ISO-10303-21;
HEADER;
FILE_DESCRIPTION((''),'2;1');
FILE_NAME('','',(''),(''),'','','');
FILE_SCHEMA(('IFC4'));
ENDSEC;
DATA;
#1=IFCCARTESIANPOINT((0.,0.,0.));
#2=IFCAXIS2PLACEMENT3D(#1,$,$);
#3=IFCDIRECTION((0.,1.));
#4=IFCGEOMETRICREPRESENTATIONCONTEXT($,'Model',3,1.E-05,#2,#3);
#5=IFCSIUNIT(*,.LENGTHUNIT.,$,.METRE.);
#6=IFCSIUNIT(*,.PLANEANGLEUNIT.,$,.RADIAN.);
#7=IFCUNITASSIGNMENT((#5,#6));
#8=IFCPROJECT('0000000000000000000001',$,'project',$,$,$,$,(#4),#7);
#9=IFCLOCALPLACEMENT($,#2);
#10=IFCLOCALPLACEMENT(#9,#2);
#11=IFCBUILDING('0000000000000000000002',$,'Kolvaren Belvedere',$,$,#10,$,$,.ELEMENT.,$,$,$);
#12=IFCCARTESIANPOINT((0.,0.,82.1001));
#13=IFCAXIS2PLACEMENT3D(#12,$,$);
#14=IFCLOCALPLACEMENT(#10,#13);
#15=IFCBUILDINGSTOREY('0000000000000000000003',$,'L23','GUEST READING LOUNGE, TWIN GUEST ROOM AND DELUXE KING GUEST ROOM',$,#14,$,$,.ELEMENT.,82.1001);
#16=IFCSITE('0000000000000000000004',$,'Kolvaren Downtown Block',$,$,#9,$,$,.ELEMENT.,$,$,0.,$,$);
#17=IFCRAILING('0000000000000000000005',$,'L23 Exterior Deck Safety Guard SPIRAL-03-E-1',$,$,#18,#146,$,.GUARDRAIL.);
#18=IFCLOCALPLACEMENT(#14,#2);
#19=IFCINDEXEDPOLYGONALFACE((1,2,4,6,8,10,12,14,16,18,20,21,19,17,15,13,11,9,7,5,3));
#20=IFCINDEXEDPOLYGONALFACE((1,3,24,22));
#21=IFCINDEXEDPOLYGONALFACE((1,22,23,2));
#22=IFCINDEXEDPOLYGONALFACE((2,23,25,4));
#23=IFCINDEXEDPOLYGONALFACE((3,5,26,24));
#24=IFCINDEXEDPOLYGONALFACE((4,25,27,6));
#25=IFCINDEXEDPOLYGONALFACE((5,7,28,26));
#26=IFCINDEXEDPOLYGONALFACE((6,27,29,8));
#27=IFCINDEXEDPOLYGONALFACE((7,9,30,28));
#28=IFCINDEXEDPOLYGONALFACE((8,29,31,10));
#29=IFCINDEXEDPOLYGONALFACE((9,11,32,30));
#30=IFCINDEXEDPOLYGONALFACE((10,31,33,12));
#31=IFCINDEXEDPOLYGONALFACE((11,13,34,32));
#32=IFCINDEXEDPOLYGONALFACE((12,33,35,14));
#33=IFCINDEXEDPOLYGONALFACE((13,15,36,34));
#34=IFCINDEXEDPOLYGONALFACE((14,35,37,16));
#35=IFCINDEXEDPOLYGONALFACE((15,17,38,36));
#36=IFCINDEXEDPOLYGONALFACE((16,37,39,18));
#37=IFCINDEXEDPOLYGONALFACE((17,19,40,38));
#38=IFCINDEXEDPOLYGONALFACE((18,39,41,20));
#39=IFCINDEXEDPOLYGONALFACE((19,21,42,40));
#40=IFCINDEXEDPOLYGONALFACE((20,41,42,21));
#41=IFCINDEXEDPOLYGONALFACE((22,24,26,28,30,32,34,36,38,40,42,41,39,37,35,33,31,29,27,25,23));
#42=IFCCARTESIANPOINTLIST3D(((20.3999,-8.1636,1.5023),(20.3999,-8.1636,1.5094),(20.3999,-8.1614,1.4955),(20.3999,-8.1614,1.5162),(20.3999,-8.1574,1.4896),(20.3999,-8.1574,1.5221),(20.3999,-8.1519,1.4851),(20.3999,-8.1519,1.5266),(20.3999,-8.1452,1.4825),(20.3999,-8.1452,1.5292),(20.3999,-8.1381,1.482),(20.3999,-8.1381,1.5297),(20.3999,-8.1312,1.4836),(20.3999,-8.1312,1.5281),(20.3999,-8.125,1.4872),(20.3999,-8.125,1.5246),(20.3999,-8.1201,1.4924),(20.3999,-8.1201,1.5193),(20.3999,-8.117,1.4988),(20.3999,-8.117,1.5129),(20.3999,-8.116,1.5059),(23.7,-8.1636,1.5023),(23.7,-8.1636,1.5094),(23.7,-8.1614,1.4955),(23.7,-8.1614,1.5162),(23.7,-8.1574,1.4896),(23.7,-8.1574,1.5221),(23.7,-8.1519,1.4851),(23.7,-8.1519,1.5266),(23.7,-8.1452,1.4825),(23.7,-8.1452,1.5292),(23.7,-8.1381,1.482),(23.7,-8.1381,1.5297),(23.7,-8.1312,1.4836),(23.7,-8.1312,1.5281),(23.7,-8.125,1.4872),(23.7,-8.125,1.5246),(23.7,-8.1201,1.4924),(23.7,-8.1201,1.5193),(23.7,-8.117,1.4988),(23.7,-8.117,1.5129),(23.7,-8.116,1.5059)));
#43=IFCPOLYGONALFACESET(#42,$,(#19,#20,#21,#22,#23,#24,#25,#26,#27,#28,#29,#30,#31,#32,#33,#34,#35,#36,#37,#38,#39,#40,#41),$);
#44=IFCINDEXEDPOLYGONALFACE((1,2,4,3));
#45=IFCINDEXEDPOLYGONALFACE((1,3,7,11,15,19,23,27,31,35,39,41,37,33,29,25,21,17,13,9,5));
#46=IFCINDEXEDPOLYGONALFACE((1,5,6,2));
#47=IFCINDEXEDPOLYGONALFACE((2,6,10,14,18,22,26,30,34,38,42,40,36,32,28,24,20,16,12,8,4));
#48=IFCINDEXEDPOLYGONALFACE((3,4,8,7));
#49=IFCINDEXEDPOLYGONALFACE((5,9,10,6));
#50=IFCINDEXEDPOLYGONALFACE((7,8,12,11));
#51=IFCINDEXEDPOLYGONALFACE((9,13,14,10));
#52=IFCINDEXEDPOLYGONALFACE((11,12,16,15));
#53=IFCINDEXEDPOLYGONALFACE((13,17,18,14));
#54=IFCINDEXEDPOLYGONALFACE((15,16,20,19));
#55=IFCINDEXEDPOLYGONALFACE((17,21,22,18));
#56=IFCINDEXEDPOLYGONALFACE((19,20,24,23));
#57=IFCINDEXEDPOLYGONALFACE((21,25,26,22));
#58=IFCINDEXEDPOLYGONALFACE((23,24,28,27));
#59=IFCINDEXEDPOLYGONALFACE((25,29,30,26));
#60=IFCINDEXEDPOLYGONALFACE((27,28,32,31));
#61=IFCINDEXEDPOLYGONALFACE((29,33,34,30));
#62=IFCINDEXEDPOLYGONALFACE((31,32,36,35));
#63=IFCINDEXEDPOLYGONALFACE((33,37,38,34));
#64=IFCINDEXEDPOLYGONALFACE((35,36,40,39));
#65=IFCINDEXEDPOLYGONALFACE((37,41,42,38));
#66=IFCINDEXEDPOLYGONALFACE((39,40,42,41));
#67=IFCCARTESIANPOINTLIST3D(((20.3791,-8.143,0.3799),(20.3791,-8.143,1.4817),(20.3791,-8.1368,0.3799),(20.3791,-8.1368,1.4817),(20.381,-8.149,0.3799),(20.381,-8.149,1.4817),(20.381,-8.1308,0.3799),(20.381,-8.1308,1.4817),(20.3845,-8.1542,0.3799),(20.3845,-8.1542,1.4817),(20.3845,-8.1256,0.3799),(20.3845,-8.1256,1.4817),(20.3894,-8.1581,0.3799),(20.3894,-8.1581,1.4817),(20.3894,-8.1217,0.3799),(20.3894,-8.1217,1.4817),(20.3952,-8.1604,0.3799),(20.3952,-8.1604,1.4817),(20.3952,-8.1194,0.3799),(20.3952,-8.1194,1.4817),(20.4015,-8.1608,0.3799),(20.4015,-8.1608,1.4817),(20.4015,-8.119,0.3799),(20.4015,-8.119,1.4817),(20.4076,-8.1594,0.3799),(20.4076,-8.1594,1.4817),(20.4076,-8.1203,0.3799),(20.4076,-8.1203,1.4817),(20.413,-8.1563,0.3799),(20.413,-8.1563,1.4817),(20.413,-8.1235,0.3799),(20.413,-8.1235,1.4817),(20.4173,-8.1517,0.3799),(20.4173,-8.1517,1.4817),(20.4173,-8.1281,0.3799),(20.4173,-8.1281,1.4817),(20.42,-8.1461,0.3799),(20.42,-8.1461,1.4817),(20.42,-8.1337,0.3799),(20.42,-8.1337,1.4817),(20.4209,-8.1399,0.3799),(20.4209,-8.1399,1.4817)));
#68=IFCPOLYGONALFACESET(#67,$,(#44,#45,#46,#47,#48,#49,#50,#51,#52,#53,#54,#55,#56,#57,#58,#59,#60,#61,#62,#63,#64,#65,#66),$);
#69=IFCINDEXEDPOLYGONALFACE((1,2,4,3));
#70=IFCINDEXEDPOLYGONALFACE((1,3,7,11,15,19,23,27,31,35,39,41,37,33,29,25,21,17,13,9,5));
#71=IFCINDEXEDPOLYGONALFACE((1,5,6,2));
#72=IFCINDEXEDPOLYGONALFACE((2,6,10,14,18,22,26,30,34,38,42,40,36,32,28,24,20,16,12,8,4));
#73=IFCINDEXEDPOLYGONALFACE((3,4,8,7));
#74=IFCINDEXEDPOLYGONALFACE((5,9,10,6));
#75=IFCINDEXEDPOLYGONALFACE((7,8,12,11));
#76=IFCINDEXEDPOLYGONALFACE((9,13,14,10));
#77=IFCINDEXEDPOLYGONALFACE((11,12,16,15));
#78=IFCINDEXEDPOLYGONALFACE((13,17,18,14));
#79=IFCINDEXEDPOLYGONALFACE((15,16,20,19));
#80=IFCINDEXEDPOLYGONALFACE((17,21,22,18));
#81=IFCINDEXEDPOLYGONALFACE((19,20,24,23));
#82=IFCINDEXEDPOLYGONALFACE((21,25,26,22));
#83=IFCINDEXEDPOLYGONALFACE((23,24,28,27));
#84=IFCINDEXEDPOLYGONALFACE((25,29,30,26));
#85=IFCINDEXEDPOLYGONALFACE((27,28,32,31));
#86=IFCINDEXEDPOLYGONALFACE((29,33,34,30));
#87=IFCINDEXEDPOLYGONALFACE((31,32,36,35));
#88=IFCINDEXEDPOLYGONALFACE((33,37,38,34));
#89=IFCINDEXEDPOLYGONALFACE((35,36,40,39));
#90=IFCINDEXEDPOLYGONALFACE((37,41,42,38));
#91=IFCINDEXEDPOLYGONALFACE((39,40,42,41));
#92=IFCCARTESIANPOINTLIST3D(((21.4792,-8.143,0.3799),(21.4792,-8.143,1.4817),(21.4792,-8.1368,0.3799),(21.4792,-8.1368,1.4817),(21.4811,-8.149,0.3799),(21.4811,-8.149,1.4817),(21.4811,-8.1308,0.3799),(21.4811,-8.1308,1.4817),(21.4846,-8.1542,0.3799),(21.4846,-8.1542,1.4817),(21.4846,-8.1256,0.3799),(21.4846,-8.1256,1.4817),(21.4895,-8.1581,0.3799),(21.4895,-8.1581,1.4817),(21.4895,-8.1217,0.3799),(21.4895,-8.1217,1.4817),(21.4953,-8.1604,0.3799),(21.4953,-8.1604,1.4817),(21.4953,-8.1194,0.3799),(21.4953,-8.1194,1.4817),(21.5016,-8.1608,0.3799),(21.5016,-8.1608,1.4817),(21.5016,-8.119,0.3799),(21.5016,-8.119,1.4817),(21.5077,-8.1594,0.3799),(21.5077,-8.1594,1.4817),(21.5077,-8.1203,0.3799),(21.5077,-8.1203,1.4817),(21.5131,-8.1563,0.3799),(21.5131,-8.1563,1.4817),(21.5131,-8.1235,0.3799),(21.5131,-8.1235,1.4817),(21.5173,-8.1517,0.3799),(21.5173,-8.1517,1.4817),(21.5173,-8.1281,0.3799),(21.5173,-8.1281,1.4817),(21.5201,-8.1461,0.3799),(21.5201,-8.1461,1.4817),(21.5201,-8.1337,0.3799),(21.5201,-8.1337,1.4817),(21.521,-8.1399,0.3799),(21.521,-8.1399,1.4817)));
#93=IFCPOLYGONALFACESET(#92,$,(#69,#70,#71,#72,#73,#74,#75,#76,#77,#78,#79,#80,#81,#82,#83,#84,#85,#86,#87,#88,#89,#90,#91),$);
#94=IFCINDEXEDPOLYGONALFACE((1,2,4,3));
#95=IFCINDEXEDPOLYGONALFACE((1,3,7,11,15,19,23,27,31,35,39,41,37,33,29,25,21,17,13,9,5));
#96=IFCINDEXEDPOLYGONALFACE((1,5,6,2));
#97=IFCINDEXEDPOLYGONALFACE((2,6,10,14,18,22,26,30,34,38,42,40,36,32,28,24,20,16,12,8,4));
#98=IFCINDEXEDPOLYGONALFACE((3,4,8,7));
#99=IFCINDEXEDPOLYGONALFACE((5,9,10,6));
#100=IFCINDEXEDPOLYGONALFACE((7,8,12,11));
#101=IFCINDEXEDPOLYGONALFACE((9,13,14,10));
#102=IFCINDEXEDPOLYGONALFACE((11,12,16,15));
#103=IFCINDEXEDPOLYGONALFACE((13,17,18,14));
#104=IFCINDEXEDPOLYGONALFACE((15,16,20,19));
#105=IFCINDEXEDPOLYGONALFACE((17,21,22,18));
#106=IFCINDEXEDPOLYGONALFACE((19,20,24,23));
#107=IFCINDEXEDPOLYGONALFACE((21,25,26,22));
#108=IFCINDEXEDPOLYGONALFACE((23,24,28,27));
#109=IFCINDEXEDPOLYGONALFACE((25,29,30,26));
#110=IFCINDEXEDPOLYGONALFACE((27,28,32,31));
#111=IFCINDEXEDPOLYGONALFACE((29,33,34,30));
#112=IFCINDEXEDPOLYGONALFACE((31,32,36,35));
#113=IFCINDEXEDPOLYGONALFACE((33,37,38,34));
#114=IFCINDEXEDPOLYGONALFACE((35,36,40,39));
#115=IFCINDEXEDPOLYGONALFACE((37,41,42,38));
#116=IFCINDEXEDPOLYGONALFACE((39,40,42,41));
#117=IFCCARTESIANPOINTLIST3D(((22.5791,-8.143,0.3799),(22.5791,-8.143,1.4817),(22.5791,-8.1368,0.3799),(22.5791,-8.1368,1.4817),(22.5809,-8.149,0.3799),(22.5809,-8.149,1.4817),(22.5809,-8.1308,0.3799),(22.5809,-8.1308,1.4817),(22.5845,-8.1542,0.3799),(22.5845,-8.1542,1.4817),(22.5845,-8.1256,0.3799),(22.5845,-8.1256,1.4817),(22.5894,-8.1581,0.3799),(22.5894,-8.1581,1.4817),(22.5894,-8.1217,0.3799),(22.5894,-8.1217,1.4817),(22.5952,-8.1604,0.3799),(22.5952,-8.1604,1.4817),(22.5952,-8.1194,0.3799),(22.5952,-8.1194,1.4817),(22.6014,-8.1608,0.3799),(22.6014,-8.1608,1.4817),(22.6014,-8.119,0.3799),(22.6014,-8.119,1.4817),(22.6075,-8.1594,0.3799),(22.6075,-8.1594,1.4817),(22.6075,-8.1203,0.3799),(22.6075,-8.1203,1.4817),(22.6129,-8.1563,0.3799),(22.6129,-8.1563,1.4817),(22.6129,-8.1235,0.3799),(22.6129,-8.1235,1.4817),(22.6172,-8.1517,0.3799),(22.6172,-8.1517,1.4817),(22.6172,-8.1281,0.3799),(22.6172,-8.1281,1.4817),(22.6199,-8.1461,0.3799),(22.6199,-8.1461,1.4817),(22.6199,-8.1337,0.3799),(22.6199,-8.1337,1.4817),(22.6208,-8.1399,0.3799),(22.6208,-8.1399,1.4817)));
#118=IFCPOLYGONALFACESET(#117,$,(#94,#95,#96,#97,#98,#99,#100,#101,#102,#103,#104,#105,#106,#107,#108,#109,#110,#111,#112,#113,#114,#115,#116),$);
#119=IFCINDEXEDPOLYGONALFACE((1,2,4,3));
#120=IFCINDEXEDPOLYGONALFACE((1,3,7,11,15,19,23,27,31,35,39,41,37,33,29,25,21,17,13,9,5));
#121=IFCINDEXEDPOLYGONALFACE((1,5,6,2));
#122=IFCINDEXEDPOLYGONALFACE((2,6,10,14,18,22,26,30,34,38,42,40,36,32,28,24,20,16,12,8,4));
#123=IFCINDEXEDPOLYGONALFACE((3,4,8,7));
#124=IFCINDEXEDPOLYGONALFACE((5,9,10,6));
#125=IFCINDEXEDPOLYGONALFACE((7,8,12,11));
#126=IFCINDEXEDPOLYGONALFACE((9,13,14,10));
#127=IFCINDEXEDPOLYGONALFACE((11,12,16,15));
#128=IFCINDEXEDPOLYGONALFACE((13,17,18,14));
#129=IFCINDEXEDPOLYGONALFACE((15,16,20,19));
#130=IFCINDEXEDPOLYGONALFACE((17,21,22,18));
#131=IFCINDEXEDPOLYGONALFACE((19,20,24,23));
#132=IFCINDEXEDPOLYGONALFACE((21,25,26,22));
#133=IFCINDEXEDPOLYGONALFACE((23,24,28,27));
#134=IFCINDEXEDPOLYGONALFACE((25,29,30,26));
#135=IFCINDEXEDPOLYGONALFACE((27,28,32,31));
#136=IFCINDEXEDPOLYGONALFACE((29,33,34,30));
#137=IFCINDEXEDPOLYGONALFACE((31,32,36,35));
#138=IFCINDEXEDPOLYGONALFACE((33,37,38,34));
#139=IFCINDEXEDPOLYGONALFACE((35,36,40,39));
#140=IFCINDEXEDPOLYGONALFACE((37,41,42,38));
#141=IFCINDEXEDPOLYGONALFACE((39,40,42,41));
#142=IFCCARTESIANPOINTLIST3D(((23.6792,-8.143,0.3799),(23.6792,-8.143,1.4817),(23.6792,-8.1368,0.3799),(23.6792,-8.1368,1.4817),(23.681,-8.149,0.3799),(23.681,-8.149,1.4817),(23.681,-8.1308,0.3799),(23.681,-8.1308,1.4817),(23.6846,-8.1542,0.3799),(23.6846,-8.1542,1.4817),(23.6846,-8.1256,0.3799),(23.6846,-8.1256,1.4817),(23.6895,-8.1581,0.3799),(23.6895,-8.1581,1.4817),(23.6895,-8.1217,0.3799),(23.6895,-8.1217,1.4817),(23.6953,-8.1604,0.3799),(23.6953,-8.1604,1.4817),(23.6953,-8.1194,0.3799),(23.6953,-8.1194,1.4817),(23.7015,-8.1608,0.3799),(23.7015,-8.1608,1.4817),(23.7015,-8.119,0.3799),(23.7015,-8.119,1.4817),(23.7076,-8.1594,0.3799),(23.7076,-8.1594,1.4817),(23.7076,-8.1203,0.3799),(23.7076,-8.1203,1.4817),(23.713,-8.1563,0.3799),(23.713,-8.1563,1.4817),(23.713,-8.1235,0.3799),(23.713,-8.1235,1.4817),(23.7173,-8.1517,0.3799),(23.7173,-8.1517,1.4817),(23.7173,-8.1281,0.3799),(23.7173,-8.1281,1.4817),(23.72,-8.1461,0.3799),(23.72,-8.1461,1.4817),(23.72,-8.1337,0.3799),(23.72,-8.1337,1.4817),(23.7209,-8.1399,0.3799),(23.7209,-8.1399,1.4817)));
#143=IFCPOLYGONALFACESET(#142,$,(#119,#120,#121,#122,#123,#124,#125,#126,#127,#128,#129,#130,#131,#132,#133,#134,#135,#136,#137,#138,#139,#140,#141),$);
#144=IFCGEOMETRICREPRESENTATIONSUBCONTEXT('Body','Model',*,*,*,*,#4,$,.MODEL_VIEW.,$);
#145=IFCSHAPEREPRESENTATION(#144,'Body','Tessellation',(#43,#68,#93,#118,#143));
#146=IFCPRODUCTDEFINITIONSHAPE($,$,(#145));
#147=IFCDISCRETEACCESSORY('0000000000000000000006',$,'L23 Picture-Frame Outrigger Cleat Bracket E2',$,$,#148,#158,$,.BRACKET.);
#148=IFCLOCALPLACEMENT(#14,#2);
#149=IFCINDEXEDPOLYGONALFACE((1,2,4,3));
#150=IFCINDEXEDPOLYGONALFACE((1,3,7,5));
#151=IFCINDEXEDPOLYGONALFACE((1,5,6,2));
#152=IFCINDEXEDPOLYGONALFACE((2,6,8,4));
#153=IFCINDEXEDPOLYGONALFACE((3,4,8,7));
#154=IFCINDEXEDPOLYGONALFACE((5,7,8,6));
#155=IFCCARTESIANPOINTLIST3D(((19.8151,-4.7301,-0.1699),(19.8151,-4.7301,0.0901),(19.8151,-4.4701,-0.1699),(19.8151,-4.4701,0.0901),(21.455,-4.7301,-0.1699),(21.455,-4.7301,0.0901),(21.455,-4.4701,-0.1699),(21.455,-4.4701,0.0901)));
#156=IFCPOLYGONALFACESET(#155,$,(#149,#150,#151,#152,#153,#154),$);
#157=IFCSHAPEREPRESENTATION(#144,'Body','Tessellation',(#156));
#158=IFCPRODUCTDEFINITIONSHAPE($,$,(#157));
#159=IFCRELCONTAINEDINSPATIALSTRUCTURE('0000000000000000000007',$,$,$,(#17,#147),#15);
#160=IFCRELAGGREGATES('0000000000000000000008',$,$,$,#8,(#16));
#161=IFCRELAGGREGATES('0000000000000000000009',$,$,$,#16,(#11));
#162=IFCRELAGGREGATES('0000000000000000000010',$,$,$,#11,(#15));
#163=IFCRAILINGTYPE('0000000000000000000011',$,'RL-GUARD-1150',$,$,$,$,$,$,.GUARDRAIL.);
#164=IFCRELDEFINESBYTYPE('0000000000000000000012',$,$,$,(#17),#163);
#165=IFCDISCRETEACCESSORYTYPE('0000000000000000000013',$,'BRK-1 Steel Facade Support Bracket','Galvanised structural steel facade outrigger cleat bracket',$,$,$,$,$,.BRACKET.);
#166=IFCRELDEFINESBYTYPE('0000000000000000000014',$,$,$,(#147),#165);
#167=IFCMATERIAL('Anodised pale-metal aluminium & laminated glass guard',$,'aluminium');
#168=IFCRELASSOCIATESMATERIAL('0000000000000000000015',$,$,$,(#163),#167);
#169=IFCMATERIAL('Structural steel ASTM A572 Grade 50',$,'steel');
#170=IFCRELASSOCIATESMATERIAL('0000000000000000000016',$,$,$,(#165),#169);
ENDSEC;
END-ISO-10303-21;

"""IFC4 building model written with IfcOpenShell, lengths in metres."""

from ifc_helpers import new_model, si_unit, direction, frame, origin, origin_2d, place, context, subcontext, project, spatial, rectangle, circle, extrude, material, type_object, element, save


model = new_model("IFC4")

# Units and contexts
model_context = context("Model", 3, precision=1e-05, world=origin(), true_north=direction((0.0, 1.0)))
body_context = subcontext(model_context, "Body", "Model", "MODEL_VIEW")
ifc_project = project(units=[si_unit("LENGTHUNIT", "METRE"), si_unit("PLANEANGLEUNIT", "RADIAN")], contexts=[model_context])

# Site, building, storey
site_placement = place(None, origin())
site = spatial("IfcSite", under=ifc_project, at=site_placement, Name="Kolvaren Downtown Block", CompositionType="ELEMENT", RefElevation=0.0)
building_placement = place(site_placement, origin())
building = spatial("IfcBuilding", under=site, at=building_placement, Name="Kolvaren Belvedere", CompositionType="ELEMENT")
storey_placement = place(building_placement, frame((0.0, 0.0, 82.1001)))
storey = spatial("IfcBuildingStorey", under=building, at=storey_placement, Name="L23", Description="GUEST READING LOUNGE, TWIN GUEST ROOM AND DELUXE KING GUEST ROOM", CompositionType="ELEMENT", Elevation=82.1001)

# Railing
ifc_material_1 = material(Name="Anodised pale-metal aluminium & laminated glass guard", Category="aluminium")
railing_type = type_object("IfcRailingType", Name="RL-GUARD-1150", PredefinedType="GUARDRAIL", material=ifc_material_1)
railing_placement = place(storey_placement, frame((20.3999, -8.1399, 0.3799)))
element("IfcRailing", 1, at=railing_placement, inside=storey, type_object=railing_type, Name="L23 Exterior Deck Safety Guard SPIRAL-03-E-1", PredefinedType="GUARDRAIL", context=body_context, shape_type="SweptSolid", body=[
    extrude(circle(Radius=0.0239, at=origin_2d()), frame((0.0, 0.0, 1.126), z_axis=(1.0, 0.0, 0.0), x_axis=(0.0, 1.0, 0.0)), (0.0, 0.0, 1.0), 3.3),
    extrude(circle(Radius=0.021, at=origin_2d()), origin(), (0.0, 0.0, 1.0), 1.1018),
    extrude(circle(Radius=0.021, at=origin_2d()), frame((1.1001, 0.0, 0.0)), (0.0, 0.0, 1.0), 1.1018),
    extrude(circle(Radius=0.021, at=origin_2d()), frame((2.2, 0.0, 0.0)), (0.0, 0.0, 1.0), 1.1018),
    extrude(circle(Radius=0.021, at=origin_2d()), frame((3.3, 0.0, 0.0)), (0.0, 0.0, 1.0), 1.1018),
])

# Discrete accessory
ifc_material_2 = material(Name="Structural steel ASTM A572 Grade 50", Category="steel")
discrete_accessory_type = type_object("IfcDiscreteAccessoryType", Name="BRK-1 Steel Facade Support Bracket", Description="Galvanised structural steel facade outrigger cleat bracket", PredefinedType="BRACKET", material=ifc_material_2)
discrete_accessory_placement = place(storey_placement, frame((20.635, -4.6001, -0.1699), z_axis=(0.0, 0.0, 1.0), x_axis=(1.0, 0.0, 0.0)))
element("IfcDiscreteAccessory", 2, at=discrete_accessory_placement, inside=storey, type_object=discrete_accessory_type, Name="L23 Picture-Frame Outrigger Cleat Bracket E2", PredefinedType="BRACKET", context=body_context, shape_type="SweptSolid", body=[
    extrude(rectangle(XDim=1.6399, YDim=0.26, at=origin_2d()), origin(), (0.0, 0.0, 1.0), 0.26),
])

save(model, "model.ifc")
